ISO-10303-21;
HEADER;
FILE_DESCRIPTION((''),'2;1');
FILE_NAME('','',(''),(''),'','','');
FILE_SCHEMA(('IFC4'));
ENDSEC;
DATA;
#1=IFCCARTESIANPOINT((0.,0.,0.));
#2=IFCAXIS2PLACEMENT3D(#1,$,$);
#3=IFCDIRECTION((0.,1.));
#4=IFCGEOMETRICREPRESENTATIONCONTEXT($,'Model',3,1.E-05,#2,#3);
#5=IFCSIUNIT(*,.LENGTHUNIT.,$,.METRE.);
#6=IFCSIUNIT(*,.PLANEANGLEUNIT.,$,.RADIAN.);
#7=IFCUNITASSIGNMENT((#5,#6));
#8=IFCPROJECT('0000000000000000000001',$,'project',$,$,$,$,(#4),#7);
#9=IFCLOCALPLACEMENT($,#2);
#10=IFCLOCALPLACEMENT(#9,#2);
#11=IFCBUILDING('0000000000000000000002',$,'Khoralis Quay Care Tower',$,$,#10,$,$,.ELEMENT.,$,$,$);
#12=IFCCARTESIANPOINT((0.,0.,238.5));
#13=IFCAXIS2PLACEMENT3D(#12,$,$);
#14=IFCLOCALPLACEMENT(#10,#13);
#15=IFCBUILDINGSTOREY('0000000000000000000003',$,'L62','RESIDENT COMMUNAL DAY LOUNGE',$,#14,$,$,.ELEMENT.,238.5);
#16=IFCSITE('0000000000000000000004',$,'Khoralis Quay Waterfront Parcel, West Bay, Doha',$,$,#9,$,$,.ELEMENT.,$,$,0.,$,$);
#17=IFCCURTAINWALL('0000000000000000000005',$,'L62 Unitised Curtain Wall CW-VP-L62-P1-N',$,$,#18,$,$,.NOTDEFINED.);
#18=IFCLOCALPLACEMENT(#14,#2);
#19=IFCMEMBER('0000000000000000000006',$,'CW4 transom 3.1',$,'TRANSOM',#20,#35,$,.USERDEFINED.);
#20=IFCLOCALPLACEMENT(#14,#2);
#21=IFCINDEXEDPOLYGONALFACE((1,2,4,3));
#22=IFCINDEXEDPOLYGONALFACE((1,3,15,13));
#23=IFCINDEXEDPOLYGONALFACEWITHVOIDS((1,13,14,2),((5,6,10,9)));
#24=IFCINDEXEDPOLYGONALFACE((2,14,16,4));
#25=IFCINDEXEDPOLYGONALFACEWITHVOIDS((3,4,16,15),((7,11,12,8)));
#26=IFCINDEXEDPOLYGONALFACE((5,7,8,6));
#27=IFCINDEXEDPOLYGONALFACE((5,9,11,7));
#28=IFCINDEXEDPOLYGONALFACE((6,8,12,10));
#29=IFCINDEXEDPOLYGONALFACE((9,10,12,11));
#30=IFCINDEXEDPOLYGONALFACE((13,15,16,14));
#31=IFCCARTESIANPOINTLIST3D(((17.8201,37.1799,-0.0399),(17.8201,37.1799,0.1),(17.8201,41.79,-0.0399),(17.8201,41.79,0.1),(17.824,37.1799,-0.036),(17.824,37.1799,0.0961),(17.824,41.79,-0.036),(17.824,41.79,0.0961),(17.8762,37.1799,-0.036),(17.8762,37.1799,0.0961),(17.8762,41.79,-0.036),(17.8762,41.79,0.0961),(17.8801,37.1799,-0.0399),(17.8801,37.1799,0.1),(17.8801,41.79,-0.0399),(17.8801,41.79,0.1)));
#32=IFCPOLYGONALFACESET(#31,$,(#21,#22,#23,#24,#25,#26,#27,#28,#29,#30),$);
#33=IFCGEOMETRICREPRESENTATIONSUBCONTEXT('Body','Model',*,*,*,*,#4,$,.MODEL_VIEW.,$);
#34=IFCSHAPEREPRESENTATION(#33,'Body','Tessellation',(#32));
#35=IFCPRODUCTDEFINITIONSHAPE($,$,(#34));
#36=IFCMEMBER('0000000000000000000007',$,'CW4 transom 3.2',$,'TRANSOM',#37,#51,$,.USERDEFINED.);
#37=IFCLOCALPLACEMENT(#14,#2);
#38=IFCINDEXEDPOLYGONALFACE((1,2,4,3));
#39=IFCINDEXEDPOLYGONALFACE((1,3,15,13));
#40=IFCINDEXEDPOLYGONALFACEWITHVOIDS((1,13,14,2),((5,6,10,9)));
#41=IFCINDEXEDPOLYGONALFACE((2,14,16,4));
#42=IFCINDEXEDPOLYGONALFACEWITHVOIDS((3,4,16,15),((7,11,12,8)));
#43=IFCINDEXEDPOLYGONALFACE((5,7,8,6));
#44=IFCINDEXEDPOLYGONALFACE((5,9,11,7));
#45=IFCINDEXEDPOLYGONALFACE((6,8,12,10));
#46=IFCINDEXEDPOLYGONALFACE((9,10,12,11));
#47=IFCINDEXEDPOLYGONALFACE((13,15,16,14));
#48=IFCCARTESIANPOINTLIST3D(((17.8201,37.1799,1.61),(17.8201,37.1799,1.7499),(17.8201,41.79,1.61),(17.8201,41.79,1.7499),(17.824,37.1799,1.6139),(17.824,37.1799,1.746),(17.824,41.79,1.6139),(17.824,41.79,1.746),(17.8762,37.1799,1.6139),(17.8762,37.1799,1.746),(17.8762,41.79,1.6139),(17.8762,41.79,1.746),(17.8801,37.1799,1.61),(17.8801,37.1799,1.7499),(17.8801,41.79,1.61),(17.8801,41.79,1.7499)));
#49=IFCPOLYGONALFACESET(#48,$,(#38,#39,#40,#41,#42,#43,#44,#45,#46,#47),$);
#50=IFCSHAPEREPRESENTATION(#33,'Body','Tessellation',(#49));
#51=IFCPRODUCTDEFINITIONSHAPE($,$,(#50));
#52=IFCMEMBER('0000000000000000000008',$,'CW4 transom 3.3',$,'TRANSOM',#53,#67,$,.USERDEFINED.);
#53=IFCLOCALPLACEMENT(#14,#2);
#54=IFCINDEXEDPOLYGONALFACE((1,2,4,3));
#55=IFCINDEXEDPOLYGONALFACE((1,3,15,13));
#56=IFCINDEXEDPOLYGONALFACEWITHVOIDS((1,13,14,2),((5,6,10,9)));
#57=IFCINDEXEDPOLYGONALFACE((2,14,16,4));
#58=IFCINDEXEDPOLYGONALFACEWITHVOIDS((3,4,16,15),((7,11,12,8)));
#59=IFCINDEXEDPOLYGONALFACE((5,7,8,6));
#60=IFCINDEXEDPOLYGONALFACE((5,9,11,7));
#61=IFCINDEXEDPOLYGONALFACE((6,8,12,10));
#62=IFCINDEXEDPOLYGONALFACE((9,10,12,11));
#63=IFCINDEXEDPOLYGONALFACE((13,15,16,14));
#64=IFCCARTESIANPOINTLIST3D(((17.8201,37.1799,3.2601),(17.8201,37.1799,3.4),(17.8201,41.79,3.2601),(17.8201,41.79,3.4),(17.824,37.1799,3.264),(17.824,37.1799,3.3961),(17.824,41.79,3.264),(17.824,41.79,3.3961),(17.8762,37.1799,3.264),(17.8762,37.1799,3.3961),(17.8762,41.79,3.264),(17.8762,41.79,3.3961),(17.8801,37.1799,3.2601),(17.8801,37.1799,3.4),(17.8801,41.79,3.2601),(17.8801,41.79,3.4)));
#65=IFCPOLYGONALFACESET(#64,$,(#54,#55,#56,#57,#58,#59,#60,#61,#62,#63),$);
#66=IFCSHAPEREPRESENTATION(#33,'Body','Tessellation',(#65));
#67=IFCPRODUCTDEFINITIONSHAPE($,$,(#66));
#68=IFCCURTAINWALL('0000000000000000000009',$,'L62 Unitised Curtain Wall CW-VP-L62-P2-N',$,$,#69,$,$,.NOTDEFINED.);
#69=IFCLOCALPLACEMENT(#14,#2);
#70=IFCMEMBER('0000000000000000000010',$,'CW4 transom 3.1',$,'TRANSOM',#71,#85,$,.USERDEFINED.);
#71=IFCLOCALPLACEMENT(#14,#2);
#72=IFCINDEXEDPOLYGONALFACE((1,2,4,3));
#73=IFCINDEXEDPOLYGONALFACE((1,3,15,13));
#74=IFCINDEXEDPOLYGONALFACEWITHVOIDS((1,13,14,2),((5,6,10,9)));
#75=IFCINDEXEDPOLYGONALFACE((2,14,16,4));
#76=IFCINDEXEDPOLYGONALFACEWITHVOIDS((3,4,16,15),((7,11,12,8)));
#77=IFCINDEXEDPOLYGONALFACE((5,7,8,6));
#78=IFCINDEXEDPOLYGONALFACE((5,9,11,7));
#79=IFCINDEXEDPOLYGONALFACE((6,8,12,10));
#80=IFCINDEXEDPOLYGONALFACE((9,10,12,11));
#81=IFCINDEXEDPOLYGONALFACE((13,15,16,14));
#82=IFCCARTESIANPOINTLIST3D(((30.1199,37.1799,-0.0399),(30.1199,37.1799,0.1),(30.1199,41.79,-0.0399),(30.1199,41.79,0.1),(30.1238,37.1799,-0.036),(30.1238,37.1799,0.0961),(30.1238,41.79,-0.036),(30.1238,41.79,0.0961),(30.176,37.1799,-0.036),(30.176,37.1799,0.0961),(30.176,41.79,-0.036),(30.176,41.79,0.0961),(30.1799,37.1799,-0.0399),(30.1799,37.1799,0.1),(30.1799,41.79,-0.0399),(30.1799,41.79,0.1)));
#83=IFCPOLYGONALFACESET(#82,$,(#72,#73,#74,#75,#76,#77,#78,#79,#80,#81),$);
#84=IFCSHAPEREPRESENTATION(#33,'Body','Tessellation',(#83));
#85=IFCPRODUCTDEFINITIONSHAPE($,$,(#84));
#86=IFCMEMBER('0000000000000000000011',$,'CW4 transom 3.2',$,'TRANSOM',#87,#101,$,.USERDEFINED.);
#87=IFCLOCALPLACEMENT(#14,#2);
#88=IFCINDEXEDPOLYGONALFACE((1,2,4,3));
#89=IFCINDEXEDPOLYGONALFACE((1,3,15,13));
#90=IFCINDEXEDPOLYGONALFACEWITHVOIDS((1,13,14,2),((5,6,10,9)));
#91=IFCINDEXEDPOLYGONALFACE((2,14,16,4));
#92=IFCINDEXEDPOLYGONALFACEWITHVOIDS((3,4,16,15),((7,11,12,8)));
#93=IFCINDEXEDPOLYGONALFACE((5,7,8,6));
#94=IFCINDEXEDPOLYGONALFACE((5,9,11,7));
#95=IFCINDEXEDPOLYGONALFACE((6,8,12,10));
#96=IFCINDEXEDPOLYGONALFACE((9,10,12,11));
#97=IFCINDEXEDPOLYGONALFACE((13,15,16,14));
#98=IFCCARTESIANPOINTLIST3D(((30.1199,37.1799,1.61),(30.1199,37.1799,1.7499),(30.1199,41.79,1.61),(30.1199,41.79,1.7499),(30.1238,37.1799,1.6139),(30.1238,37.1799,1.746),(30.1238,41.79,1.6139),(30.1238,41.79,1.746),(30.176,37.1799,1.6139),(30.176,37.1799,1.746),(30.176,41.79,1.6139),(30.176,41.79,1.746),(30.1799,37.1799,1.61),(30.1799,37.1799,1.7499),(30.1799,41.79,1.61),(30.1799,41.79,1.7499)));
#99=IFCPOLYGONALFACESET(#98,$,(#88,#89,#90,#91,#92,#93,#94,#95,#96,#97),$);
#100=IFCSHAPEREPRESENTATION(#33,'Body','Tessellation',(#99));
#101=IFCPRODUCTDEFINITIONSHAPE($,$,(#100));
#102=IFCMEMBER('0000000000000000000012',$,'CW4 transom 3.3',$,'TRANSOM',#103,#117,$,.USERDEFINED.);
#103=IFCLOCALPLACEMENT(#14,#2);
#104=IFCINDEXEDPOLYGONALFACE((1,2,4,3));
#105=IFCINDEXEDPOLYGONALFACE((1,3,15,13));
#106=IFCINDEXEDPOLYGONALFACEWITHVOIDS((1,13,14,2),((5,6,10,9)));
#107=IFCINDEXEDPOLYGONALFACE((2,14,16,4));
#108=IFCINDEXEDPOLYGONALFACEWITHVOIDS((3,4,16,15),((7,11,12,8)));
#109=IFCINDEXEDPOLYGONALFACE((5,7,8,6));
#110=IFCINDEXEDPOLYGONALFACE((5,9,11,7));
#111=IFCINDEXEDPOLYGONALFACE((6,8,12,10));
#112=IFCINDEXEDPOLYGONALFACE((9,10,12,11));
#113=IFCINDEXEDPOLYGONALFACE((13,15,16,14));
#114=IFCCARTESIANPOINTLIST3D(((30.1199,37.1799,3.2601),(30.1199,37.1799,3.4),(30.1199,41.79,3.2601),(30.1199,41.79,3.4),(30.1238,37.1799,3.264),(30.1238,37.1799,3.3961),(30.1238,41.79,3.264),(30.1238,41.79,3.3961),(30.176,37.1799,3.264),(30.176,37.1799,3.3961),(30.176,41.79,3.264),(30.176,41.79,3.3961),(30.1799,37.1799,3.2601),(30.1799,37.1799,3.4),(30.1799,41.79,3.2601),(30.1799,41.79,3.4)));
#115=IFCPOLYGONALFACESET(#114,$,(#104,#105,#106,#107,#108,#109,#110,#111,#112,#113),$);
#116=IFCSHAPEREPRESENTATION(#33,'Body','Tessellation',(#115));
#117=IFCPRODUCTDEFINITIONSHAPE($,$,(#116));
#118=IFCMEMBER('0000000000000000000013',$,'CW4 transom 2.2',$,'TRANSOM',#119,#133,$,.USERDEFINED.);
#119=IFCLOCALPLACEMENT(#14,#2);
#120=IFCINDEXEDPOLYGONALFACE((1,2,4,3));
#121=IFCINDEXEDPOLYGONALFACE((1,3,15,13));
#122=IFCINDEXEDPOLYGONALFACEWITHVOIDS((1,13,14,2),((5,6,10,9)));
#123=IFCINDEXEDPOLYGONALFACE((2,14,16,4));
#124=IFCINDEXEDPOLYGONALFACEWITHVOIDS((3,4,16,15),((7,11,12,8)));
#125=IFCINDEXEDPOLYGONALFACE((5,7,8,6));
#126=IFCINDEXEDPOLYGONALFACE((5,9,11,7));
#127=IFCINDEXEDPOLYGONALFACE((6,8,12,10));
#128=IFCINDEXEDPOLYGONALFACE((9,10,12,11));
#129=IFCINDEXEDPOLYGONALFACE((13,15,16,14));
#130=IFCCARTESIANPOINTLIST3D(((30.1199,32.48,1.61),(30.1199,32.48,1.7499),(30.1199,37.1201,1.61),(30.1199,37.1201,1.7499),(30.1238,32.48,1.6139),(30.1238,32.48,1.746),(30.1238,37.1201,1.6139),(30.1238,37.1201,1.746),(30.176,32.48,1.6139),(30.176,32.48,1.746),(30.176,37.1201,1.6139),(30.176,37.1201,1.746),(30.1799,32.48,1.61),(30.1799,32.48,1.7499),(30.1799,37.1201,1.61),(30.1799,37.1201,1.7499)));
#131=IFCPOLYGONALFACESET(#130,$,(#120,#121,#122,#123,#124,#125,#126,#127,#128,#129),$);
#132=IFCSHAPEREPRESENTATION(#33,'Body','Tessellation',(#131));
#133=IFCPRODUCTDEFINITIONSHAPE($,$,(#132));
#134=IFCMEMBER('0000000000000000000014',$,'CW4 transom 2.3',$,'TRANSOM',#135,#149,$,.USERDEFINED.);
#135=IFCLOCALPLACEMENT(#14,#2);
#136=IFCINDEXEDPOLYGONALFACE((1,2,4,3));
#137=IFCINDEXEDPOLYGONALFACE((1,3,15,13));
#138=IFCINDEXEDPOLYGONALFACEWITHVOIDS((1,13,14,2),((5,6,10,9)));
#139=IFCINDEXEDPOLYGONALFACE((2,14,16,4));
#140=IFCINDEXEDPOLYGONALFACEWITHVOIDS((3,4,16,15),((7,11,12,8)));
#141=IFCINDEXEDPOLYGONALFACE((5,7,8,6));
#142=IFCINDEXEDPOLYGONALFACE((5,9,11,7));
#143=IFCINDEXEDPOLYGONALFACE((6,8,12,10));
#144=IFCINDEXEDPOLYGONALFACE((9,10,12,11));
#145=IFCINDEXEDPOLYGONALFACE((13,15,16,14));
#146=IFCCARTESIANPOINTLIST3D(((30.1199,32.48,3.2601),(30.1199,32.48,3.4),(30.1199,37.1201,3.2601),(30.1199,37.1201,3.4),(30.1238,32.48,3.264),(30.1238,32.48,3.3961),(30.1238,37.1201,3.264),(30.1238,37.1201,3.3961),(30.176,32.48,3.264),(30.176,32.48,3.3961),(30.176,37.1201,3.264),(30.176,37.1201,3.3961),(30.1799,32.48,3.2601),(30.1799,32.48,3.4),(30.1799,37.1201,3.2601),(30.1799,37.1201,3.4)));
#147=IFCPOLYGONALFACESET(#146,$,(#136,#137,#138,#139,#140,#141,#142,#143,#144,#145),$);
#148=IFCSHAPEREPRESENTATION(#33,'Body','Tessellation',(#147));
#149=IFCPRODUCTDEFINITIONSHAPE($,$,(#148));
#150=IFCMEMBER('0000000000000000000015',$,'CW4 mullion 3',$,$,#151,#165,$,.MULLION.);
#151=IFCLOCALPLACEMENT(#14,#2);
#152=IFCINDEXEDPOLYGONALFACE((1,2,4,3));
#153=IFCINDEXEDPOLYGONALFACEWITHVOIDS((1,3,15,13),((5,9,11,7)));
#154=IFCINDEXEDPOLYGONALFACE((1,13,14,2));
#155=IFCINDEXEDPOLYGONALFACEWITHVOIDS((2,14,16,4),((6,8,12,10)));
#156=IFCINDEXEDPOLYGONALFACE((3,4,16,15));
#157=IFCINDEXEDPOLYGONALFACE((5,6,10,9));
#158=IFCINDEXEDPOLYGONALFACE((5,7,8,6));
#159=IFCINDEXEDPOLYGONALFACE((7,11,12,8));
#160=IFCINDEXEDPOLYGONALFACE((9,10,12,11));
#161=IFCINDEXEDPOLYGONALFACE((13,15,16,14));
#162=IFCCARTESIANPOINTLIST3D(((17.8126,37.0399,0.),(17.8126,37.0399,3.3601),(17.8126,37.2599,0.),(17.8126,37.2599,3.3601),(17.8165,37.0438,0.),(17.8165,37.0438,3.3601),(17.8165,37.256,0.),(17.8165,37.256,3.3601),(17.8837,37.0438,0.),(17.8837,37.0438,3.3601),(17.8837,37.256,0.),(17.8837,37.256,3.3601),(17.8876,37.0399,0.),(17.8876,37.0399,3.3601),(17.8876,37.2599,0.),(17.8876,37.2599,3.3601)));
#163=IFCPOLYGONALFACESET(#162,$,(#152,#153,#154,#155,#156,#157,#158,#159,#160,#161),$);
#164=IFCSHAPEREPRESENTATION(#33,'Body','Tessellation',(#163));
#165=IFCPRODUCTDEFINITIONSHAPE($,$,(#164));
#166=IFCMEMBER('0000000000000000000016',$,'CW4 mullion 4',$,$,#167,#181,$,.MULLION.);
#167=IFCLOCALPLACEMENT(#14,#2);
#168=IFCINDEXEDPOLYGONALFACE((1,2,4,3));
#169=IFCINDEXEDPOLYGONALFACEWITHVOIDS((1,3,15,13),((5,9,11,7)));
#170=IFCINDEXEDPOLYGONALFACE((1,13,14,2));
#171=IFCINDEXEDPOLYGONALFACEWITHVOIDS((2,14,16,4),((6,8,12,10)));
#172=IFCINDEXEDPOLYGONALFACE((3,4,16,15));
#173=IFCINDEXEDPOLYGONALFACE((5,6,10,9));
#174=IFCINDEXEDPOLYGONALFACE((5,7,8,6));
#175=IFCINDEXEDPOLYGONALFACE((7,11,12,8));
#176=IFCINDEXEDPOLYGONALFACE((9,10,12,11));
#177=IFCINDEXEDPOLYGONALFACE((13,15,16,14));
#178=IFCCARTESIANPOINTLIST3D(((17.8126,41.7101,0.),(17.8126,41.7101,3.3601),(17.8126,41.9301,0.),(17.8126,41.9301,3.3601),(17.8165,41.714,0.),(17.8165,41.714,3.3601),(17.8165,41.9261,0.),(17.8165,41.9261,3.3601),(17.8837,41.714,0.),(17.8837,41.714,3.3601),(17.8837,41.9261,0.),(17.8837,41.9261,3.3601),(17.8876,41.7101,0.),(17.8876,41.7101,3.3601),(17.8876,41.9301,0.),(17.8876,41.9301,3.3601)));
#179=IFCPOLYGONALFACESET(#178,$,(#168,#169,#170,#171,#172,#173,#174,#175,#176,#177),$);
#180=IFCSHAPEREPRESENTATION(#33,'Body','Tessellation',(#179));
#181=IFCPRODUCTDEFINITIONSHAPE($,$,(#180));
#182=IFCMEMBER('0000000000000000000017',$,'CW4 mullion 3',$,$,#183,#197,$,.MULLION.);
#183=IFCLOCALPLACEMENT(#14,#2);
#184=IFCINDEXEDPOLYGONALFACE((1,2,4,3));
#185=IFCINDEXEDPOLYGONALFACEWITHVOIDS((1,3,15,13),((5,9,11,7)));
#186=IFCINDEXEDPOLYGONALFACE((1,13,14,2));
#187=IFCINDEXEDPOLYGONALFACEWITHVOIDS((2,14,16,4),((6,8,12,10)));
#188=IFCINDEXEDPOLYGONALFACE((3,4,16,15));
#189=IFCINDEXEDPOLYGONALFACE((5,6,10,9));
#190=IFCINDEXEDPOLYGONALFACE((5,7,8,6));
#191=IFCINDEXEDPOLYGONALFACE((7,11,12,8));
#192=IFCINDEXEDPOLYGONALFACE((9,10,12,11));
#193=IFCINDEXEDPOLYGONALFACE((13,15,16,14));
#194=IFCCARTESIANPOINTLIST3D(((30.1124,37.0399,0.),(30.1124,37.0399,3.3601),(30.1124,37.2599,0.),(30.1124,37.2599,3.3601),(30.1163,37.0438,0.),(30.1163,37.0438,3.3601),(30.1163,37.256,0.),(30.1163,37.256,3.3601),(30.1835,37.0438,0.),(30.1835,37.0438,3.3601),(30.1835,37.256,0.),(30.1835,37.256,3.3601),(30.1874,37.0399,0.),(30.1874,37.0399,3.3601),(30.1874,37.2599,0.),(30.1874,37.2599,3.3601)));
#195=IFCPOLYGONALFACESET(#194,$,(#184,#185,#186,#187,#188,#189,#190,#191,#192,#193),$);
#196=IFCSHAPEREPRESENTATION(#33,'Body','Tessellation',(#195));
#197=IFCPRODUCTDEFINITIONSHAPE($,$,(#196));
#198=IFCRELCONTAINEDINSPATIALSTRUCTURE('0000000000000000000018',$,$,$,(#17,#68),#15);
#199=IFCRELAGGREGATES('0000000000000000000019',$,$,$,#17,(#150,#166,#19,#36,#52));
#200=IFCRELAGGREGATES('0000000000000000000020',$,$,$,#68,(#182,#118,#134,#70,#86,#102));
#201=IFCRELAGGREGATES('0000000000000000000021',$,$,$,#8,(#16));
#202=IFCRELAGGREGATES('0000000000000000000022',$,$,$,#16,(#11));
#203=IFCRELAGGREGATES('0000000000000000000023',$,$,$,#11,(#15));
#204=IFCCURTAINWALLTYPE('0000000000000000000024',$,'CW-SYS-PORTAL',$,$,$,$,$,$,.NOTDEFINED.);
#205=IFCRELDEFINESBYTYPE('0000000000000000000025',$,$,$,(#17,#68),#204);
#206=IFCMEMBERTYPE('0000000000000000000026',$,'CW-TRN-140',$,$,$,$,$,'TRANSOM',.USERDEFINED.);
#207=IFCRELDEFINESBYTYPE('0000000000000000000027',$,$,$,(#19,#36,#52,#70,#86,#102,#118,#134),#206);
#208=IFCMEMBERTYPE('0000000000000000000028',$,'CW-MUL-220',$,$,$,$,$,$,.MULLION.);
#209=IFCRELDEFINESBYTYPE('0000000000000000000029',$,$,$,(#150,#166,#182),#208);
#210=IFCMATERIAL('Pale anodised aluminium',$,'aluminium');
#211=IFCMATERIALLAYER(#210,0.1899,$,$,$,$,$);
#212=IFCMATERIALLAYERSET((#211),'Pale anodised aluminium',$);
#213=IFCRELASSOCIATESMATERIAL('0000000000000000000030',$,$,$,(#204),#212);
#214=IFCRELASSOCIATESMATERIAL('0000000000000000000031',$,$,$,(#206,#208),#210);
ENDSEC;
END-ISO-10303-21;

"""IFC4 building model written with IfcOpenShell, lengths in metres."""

from ifc_helpers import new_model, si_unit, direction, frame, origin, origin_2d, place, context, subcontext, project, spatial, hollow_rectangle, extrude, source, transform, mapped, material, layer, layer_set, material_profile, profile_set, type_object, element, aggregate, save


model = new_model("IFC4")

# Units and contexts
model_context = context("Model", 3, precision=1e-05, world=origin(), true_north=direction((0.0, 1.0)))
body_context = subcontext(model_context, "Body", "Model", "MODEL_VIEW")
ifc_project = project(units=[si_unit("LENGTHUNIT", "METRE"), si_unit("PLANEANGLEUNIT", "RADIAN")], contexts=[model_context])

# Site, building, storey
site_placement = place(None, origin())
site = spatial("IfcSite", under=ifc_project, at=site_placement, Name="Khoralis Quay Waterfront Parcel, West Bay, Doha", CompositionType="ELEMENT", RefElevation=0.0)
building_placement = place(site_placement, origin())
building = spatial("IfcBuilding", under=site, at=building_placement, Name="Khoralis Quay Care Tower", CompositionType="ELEMENT")
storey_placement = place(building_placement, frame((0.0, 0.0, 238.5)))
storey = spatial("IfcBuildingStorey", under=building, at=storey_placement, Name="L62", Description="RESIDENT COMMUNAL DAY LOUNGE", CompositionType="ELEMENT", Elevation=238.5)

# Curtain walls, members
ifc_material_1 = material(Name="Pale anodised aluminium", Category="aluminium")
ifc_layer_1 = layer(ifc_material_1, 0.1899)
ifc_layer_set_1 = layer_set([ifc_layer_1], Name="Pale anodised aluminium")
curtain_wall_type = type_object("IfcCurtainWallType", Name="CW-SYS-PORTAL", PredefinedType="NOTDEFINED", material=ifc_layer_set_1)
curtain_wall_1_placement = place(storey_placement, origin())
curtain_wall_1 = element("IfcCurtainWall", 1, at=curtain_wall_1_placement, inside=storey, type_object=curtain_wall_type, Name="L62 Unitised Curtain Wall CW-VP-L62-P1-N", PredefinedType="NOTDEFINED")
ifc_material_profile_1 = material_profile(ifc_material_1, hollow_rectangle(XDim=0.0601, YDim=0.1399, WallThickness=0.0039, at=origin_2d()), Name="Pale anodised aluminium")
ifc_profile_set_1 = profile_set([ifc_material_profile_1], Name="Pale anodised aluminium")
member_type_1 = type_object("IfcMemberType", Name="CW-TRN-140", ElementType="TRANSOM", PredefinedType="USERDEFINED", material=ifc_profile_set_1)
shared_shape_1 = source(origin(), body_context, "Body", "SweptSolid", [
    extrude(hollow_rectangle(XDim=0.0601, YDim=0.1399, WallThickness=0.0039, at=origin_2d()), origin(), (0.0, 0.0, 1.0), 4.6101),
])
member_1_placement = place(storey_placement, frame((17.8501, 37.1799, 0.03), z_axis=(0.0, 1.0, 0.0), x_axis=(-1.0, 0.0, 0.0)))
member_1 = element("IfcMember", 2, at=member_1_placement, type_object=member_type_1, Name="CW4 transom 3.1", ObjectType="TRANSOM", PredefinedType="USERDEFINED", context=body_context, shape_type="MappedRepresentation", body=[
    mapped(shared_shape_1, transform((0.0, 0.0, 0.0), scale=1.0)),
])
member_2_placement = place(storey_placement, frame((17.8501, 37.1799, 1.6799), z_axis=(0.0, 1.0, 0.0), x_axis=(-1.0, 0.0, 0.0)))
member_2 = element("IfcMember", 3, at=member_2_placement, type_object=member_type_1, Name="CW4 transom 3.2", ObjectType="TRANSOM", PredefinedType="USERDEFINED", context=body_context, shape_type="MappedRepresentation", body=[
    mapped(shared_shape_1, transform((0.0, 0.0, 0.0), scale=1.0)),
])
member_3_placement = place(storey_placement, frame((17.8501, 37.1799, 3.3301), z_axis=(0.0, 1.0, 0.0), x_axis=(-1.0, 0.0, 0.0)))
member_3 = element("IfcMember", 4, at=member_3_placement, type_object=member_type_1, Name="CW4 transom 3.3", ObjectType="TRANSOM", PredefinedType="USERDEFINED", context=body_context, shape_type="MappedRepresentation", body=[
    mapped(shared_shape_1, transform((0.0, 0.0, 0.0), scale=1.0)),
])
curtain_wall_2_placement = place(storey_placement, origin())
curtain_wall_2 = element("IfcCurtainWall", 5, at=curtain_wall_2_placement, inside=storey, type_object=curtain_wall_type, Name="L62 Unitised Curtain Wall CW-VP-L62-P2-N", PredefinedType="NOTDEFINED")
member_4_placement = place(storey_placement, frame((30.1499, 37.1799, 0.03), z_axis=(0.0, 1.0, 0.0), x_axis=(-1.0, 0.0, 0.0)))
member_4 = element("IfcMember", 6, at=member_4_placement, type_object=member_type_1, Name="CW4 transom 3.1", ObjectType="TRANSOM", PredefinedType="USERDEFINED", context=body_context, shape_type="MappedRepresentation", body=[
    mapped(shared_shape_1, transform((0.0, 0.0, 0.0), scale=1.0)),
])
member_5_placement = place(storey_placement, frame((30.1499, 37.1799, 1.6799), z_axis=(0.0, 1.0, 0.0), x_axis=(-1.0, 0.0, 0.0)))
member_5 = element("IfcMember", 7, at=member_5_placement, type_object=member_type_1, Name="CW4 transom 3.2", ObjectType="TRANSOM", PredefinedType="USERDEFINED", context=body_context, shape_type="MappedRepresentation", body=[
    mapped(shared_shape_1, transform((0.0, 0.0, 0.0), scale=1.0)),
])
member_6_placement = place(storey_placement, frame((30.1499, 37.1799, 3.3301), z_axis=(0.0, 1.0, 0.0), x_axis=(-1.0, 0.0, 0.0)))
member_6 = element("IfcMember", 8, at=member_6_placement, type_object=member_type_1, Name="CW4 transom 3.3", ObjectType="TRANSOM", PredefinedType="USERDEFINED", context=body_context, shape_type="MappedRepresentation", body=[
    mapped(shared_shape_1, transform((0.0, 0.0, 0.0), scale=1.0)),
])
shared_shape_2 = source(origin(), body_context, "Body", "SweptSolid", [
    extrude(hollow_rectangle(XDim=0.0601, YDim=0.1399, WallThickness=0.0039, at=origin_2d()), origin(), (0.0, 0.0, 1.0), 4.6401),
])
member_7_placement = place(storey_placement, frame((30.1499, 32.48, 1.6799), z_axis=(0.0, 1.0, 0.0), x_axis=(-1.0, 0.0, 0.0)))
member_7 = element("IfcMember", 9, at=member_7_placement, type_object=member_type_1, Name="CW4 transom 2.2", ObjectType="TRANSOM", PredefinedType="USERDEFINED", context=body_context, shape_type="MappedRepresentation", body=[
    mapped(shared_shape_2, transform((0.0, 0.0, 0.0), scale=1.0)),
])
member_8_placement = place(storey_placement, frame((30.1499, 32.48, 3.3301), z_axis=(0.0, 1.0, 0.0), x_axis=(-1.0, 0.0, 0.0)))
member_8 = element("IfcMember", 10, at=member_8_placement, type_object=member_type_1, Name="CW4 transom 2.3", ObjectType="TRANSOM", PredefinedType="USERDEFINED", context=body_context, shape_type="MappedRepresentation", body=[
    mapped(shared_shape_2, transform((0.0, 0.0, 0.0), scale=1.0)),
])

# Members
ifc_material_profile_2 = material_profile(ifc_material_1, hollow_rectangle(XDim=0.075, YDim=0.22, WallThickness=0.0039, at=origin_2d()), Name="Pale anodised aluminium")
ifc_profile_set_2 = profile_set([ifc_material_profile_2], Name="Pale anodised aluminium")
member_type_2 = type_object("IfcMemberType", Name="CW-MUL-220", PredefinedType="MULLION", material=ifc_profile_set_2)
shared_shape_3 = source(origin(), body_context, "Body", "SweptSolid", [
    extrude(hollow_rectangle(XDim=0.075, YDim=0.22, WallThickness=0.0039, at=origin_2d()), origin(), (0.0, 0.0, 1.0), 3.3601),
])
member_9_placement = place(storey_placement, frame((17.8501, 37.1499, 0.0), z_axis=(0.0, 0.0, 1.0), x_axis=(-1.0, 0.0, 0.0)))
member_9 = element("IfcMember", 11, at=member_9_placement, type_object=member_type_2, Name="CW4 mullion 3", PredefinedType="MULLION", context=body_context, shape_type="MappedRepresentation", body=[
    mapped(shared_shape_3, transform((0.0, 0.0, 0.0), scale=1.0)),
])
member_10_placement = place(storey_placement, frame((17.8501, 41.8201, 0.0), z_axis=(0.0, 0.0, 1.0), x_axis=(-1.0, 0.0, 0.0)))
member_10 = element("IfcMember", 12, at=member_10_placement, type_object=member_type_2, Name="CW4 mullion 4", PredefinedType="MULLION", context=body_context, shape_type="MappedRepresentation", body=[
    mapped(shared_shape_3, transform((0.0, 0.0, 0.0), scale=1.0)),
])
member_11_placement = place(storey_placement, frame((30.1499, 37.1499, 0.0), z_axis=(0.0, 0.0, 1.0), x_axis=(-1.0, 0.0, 0.0)))
member_11 = element("IfcMember", 13, at=member_11_placement, type_object=member_type_2, Name="CW4 mullion 3", PredefinedType="MULLION", context=body_context, shape_type="MappedRepresentation", body=[
    mapped(shared_shape_3, transform((0.0, 0.0, 0.0), scale=1.0)),
])

aggregate(curtain_wall_1, [member_9, member_10, member_1, member_2, member_3])
aggregate(curtain_wall_2, [member_11, member_7, member_8, member_4, member_5, member_6])

save(model, "model.ifc")
